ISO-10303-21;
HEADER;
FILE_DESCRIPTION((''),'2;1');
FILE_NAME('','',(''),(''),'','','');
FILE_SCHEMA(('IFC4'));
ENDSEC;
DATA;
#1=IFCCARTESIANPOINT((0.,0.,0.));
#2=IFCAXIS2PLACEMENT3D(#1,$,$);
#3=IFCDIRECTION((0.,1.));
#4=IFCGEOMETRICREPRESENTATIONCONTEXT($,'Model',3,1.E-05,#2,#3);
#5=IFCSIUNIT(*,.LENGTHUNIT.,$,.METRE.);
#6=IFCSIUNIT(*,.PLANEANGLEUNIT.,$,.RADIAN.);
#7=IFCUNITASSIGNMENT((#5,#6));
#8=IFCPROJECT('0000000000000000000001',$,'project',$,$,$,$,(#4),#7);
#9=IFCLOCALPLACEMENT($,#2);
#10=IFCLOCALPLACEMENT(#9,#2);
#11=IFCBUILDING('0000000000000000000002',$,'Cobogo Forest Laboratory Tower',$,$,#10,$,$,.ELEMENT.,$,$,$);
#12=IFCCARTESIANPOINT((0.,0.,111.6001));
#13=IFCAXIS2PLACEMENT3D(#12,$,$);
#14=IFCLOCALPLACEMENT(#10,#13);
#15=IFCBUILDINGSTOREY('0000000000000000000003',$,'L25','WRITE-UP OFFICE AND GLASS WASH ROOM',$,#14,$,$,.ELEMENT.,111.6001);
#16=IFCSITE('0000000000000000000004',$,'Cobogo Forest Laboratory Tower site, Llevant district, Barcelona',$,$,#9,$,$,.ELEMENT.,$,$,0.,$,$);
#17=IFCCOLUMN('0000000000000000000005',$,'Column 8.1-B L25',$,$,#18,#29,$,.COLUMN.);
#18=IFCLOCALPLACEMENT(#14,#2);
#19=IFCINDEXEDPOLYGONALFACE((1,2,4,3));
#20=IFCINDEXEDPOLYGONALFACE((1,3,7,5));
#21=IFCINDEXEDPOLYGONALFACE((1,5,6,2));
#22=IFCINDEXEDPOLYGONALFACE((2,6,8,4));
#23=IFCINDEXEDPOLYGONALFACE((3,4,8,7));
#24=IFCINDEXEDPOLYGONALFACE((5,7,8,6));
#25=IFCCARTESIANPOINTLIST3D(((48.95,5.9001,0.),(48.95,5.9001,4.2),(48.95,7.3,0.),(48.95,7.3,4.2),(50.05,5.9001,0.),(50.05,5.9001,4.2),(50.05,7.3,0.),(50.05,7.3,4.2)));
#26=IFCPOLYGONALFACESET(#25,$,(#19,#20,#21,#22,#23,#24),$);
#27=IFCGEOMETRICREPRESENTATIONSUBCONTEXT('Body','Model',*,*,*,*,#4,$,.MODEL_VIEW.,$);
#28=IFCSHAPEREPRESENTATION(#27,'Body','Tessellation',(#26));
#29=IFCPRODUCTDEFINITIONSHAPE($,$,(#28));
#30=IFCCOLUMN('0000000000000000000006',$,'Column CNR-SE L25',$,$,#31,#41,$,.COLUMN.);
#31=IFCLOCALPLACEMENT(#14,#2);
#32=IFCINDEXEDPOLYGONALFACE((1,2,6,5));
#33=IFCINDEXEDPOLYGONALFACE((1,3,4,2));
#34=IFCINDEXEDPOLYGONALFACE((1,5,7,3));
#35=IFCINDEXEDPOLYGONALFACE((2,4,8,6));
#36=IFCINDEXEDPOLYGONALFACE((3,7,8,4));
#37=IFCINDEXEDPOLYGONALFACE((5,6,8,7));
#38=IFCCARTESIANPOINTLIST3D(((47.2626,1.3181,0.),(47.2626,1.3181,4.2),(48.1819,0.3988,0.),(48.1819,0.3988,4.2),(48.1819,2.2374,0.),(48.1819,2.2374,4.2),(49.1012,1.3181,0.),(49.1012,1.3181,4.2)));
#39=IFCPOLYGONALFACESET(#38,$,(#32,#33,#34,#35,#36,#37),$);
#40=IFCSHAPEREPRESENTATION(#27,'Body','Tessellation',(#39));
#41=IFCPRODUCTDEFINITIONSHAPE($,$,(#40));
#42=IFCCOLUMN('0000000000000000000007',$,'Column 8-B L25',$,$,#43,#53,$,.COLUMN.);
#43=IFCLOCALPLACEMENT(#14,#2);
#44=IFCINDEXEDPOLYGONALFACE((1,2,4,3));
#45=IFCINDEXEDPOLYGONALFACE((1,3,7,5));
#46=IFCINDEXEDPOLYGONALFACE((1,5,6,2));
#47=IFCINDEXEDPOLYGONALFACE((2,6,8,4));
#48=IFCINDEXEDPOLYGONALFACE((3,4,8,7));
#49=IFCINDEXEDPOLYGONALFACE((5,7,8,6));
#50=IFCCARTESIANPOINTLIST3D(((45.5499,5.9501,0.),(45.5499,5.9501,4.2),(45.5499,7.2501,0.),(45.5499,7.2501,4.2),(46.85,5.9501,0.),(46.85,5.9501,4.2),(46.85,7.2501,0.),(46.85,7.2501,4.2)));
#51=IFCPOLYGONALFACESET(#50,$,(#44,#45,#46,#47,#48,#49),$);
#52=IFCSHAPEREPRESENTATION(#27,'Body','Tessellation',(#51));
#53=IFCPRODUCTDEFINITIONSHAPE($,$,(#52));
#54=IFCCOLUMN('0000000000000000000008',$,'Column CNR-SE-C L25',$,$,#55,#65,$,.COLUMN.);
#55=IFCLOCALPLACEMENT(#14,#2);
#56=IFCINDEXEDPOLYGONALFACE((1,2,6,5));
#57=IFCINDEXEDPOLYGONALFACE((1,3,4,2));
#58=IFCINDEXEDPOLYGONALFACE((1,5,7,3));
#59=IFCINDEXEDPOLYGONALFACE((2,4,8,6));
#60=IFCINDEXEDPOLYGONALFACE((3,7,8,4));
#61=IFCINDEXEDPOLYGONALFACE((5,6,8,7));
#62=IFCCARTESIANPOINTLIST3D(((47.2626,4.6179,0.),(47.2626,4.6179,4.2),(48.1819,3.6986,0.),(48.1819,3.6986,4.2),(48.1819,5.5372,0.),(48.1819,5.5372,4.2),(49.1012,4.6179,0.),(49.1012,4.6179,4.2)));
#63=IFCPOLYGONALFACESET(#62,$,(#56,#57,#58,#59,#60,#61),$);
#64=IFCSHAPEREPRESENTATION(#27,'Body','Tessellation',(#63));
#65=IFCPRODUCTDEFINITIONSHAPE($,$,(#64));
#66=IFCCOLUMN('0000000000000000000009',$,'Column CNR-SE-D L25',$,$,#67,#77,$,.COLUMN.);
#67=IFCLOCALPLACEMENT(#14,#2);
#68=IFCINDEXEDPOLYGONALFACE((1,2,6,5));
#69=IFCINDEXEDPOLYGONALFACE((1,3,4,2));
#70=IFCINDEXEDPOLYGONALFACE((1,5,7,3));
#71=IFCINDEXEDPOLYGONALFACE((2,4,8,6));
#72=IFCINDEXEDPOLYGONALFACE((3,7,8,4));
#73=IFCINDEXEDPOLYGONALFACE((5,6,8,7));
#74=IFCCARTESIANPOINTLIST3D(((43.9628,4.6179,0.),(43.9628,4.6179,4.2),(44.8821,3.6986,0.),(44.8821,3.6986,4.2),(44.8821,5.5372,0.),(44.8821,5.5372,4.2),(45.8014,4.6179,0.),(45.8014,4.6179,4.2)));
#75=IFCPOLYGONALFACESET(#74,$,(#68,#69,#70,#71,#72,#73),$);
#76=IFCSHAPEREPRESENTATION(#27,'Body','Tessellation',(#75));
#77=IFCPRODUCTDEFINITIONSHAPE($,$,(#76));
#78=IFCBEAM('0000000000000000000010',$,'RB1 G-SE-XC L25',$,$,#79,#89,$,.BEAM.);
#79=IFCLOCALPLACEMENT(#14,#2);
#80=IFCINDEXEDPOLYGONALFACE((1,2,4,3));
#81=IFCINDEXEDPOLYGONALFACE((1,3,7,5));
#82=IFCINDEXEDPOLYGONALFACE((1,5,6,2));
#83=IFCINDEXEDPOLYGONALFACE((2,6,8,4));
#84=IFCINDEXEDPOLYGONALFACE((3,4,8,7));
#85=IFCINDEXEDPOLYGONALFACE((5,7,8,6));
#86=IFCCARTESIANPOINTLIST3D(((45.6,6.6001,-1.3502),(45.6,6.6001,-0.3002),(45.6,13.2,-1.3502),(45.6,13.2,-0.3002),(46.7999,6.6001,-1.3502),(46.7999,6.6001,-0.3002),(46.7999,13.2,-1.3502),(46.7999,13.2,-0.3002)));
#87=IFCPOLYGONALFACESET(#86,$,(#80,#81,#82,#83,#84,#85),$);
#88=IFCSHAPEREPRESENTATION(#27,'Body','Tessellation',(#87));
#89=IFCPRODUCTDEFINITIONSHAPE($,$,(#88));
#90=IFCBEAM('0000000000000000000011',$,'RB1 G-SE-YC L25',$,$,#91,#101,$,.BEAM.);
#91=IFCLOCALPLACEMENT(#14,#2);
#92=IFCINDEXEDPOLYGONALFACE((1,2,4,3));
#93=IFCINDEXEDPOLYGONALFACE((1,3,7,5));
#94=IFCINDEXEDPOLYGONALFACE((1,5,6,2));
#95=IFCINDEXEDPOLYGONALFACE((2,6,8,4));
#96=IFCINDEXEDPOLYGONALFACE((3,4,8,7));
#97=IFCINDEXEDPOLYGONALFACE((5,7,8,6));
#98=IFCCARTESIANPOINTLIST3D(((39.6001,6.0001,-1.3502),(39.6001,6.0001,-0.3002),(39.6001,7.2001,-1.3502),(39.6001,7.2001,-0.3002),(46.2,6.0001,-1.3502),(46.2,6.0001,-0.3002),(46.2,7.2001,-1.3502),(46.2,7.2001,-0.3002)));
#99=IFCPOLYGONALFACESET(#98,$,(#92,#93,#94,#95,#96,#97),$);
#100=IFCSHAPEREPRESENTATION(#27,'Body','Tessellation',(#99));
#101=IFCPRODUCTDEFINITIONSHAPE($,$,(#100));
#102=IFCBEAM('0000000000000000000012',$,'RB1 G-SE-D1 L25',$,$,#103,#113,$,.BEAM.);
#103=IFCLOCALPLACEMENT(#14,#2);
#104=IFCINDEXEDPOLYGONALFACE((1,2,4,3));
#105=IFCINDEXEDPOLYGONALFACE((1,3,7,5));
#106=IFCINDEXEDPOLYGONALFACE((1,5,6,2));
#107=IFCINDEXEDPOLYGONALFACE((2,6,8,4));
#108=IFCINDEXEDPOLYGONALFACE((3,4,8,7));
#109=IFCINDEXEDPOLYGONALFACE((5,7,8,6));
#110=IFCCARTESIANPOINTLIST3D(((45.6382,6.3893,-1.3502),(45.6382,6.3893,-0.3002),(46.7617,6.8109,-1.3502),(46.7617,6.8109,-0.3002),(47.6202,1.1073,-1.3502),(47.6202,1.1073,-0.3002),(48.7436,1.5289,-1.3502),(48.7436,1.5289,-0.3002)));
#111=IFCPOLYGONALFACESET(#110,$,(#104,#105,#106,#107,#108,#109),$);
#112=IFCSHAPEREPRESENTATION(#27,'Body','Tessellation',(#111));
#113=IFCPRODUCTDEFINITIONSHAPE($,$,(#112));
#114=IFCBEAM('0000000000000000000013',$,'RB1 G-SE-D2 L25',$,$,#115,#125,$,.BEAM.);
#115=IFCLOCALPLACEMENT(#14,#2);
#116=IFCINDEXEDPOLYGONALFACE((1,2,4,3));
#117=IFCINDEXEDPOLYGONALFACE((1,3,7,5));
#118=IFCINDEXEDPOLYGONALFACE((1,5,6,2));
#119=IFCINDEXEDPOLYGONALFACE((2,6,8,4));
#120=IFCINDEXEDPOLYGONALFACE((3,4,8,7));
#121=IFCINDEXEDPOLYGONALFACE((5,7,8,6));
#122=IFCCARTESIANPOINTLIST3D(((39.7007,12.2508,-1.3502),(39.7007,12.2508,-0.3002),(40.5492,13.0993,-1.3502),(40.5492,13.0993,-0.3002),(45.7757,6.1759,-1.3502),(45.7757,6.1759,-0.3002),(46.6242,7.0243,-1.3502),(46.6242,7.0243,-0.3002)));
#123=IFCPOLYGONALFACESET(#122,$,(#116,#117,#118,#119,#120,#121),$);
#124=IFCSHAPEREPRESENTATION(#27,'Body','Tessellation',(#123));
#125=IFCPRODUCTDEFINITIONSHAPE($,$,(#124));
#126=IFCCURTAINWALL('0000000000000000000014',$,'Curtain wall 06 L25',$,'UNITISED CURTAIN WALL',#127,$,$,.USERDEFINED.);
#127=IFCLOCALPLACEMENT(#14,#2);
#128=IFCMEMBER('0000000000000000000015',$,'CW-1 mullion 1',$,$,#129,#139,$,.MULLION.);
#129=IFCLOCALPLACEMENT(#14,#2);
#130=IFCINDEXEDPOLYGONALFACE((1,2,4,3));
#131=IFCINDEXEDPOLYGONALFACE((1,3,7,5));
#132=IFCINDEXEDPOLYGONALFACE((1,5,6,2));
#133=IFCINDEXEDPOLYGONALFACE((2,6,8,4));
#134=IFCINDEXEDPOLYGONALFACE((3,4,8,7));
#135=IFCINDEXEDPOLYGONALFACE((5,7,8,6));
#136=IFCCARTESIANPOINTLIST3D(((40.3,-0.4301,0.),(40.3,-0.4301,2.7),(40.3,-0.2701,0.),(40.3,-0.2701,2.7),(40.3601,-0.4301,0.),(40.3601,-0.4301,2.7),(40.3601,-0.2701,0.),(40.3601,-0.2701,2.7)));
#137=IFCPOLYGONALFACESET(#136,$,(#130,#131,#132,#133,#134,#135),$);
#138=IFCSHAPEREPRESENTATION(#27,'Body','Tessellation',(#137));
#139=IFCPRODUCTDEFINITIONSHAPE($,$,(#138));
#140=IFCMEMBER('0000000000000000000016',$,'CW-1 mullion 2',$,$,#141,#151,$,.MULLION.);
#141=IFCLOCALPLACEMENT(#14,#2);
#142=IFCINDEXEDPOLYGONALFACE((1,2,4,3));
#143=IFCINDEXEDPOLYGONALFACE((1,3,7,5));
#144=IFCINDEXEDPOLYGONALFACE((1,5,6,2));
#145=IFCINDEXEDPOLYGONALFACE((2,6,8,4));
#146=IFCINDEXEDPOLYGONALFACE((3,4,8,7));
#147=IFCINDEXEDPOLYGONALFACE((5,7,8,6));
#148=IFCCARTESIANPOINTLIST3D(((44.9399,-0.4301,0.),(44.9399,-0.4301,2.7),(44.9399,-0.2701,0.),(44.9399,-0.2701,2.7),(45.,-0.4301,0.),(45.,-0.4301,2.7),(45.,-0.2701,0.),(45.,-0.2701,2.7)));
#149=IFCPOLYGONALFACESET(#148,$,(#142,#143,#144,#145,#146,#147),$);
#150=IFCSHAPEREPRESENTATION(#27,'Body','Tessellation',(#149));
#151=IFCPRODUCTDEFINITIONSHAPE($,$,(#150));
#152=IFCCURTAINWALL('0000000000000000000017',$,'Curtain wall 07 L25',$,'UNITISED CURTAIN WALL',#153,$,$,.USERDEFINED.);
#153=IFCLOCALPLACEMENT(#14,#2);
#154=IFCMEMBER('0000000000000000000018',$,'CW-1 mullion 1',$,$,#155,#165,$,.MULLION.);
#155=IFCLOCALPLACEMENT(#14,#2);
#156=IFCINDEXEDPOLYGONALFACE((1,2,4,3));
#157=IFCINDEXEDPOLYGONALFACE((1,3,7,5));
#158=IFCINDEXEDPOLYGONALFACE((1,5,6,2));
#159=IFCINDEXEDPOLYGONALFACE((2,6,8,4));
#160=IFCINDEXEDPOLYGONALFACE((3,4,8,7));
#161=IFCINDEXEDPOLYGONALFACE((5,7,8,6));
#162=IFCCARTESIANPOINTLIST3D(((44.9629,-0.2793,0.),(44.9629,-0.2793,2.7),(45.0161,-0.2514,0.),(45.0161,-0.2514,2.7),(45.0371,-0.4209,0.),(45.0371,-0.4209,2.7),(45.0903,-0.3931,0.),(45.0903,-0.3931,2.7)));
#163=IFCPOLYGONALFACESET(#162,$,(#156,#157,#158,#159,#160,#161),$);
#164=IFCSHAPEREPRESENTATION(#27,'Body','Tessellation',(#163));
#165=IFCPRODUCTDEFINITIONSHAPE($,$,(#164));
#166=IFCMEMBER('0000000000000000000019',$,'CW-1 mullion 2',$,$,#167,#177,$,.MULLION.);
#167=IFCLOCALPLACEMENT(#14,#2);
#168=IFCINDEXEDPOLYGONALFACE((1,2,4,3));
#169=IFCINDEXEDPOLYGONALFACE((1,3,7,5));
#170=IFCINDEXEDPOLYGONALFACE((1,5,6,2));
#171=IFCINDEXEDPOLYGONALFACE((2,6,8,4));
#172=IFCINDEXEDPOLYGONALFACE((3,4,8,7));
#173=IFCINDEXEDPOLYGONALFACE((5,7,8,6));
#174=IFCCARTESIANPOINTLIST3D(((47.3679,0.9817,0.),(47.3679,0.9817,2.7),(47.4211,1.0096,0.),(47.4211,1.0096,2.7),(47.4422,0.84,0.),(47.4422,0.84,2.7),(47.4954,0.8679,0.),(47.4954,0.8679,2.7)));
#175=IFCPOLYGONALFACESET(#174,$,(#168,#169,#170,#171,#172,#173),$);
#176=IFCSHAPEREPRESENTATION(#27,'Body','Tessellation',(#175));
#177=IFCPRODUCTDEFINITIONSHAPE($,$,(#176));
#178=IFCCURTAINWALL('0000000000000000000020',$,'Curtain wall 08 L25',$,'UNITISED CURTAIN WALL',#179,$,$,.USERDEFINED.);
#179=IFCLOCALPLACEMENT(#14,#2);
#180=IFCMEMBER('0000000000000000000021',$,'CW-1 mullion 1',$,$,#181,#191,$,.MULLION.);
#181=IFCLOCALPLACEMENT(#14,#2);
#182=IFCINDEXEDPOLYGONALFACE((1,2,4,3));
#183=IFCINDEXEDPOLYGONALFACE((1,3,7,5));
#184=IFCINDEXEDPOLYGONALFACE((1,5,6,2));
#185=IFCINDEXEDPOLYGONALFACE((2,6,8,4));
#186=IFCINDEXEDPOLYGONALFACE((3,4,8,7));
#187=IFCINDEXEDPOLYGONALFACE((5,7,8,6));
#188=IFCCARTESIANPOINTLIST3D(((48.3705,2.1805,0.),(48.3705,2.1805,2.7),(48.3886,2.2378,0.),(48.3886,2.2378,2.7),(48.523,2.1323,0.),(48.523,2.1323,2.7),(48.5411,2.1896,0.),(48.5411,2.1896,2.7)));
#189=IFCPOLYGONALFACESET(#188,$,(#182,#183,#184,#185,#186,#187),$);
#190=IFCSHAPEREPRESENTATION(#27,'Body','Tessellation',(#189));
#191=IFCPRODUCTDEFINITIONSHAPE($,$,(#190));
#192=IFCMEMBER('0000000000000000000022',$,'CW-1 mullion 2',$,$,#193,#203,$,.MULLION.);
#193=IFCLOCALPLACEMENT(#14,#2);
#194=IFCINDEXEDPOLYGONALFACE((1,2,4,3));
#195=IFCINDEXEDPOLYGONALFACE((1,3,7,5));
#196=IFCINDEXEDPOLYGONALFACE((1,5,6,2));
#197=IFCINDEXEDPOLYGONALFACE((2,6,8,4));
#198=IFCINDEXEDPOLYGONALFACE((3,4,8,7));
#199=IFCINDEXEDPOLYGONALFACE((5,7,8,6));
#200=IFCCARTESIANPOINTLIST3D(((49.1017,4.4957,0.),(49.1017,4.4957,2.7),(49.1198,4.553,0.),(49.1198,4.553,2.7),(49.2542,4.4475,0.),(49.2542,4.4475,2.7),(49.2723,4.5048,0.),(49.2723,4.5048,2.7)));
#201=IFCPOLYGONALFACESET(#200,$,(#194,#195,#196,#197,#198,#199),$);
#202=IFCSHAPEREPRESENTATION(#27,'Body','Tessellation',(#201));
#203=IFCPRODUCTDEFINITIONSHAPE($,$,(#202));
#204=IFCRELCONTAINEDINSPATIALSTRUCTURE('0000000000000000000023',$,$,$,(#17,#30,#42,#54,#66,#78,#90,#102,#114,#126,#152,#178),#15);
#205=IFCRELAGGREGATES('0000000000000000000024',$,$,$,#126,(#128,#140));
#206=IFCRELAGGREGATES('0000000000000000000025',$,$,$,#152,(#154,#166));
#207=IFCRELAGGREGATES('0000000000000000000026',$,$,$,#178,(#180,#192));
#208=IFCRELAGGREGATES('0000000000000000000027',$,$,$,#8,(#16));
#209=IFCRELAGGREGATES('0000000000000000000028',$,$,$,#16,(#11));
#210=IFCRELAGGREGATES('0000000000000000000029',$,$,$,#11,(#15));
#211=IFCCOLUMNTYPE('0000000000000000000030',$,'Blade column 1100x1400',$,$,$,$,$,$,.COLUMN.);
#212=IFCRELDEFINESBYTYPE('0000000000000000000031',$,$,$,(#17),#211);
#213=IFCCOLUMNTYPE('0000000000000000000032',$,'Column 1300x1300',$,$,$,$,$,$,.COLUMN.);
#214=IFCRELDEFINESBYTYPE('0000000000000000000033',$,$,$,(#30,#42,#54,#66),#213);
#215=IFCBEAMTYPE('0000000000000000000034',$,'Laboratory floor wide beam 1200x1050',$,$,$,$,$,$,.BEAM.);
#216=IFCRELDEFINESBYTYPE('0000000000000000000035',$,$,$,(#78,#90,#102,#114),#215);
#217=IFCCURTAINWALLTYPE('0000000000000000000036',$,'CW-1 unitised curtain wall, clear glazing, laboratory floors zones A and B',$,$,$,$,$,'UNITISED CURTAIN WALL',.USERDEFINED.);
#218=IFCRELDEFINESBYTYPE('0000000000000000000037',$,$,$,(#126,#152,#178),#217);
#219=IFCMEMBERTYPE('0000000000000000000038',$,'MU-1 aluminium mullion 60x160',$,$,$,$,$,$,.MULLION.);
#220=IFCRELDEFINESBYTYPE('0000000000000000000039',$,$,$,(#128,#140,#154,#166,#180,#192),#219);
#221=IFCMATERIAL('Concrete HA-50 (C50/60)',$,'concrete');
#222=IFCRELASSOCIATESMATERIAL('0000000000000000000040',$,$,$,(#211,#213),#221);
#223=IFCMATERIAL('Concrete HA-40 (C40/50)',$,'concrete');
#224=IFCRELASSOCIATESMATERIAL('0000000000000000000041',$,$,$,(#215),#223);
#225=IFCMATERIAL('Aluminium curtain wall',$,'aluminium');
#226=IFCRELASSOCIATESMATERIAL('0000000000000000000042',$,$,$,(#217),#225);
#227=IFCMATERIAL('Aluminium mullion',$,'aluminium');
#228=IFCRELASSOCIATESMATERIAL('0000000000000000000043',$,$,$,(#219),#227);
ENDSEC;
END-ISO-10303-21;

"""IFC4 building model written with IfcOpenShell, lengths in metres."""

from ifc_helpers import new_model, si_unit, direction, frame, origin, origin_2d, place, context, subcontext, project, spatial, rectangle, extrude, material, material_profile, profile_set, type_object, element, aggregate, save


model = new_model("IFC4")

# Units and contexts
model_context = context("Model", 3, precision=1e-05, world=origin(), true_north=direction((0.0, 1.0)))
body_context = subcontext(model_context, "Body", "Model", "MODEL_VIEW")
ifc_project = project(units=[si_unit("LENGTHUNIT", "METRE"), si_unit("PLANEANGLEUNIT", "RADIAN")], contexts=[model_context])

# Site, building, storey
site_placement = place(None, origin())
site = spatial("IfcSite", under=ifc_project, at=site_placement, Name="Cobogo Forest Laboratory Tower site, Llevant district, Barcelona", CompositionType="ELEMENT", RefElevation=0.0)
building_placement = place(site_placement, origin())
building = spatial("IfcBuilding", under=site, at=building_placement, Name="Cobogo Forest Laboratory Tower", CompositionType="ELEMENT")
storey_placement = place(building_placement, frame((0.0, 0.0, 111.6001)))
storey = spatial("IfcBuildingStorey", under=building, at=storey_placement, Name="L25", Description="WRITE-UP OFFICE AND GLASS WASH ROOM", CompositionType="ELEMENT", Elevation=111.6001)

# Columns
ifc_material_1 = material(Name="Concrete HA-50 (C50/60)", Category="concrete")
ifc_material_profile_1 = material_profile(ifc_material_1, rectangle(XDim=1.3999, YDim=1.1001, at=origin_2d()), Name="RC 1100x1400")
ifc_profile_set_1 = profile_set([ifc_material_profile_1], Name="Concrete HA-50 (C50/60)")
column_type_1 = type_object("IfcColumnType", Name="Blade column 1100x1400", PredefinedType="COLUMN", material=ifc_profile_set_1)
column_placement = place(storey_placement, frame((49.5, 6.6001, 0.0), z_axis=(0.0, 0.0, 1.0), x_axis=(0.0, 1.0, 0.0)))
element("IfcColumn", 1, at=column_placement, inside=storey, type_object=column_type_1, Name="Column 8.1-B L25", PredefinedType="COLUMN", context=body_context, shape_type="SweptSolid", body=[
    extrude(rectangle(XDim=1.3999, YDim=1.1001, at=origin_2d()), origin(), (0.0, 0.0, 1.0), 4.2),
])
ifc_material_profile_2 = material_profile(ifc_material_1, rectangle(XDim=1.3, YDim=1.3, at=origin_2d()), Name="RC 1300x1300")
ifc_profile_set_2 = profile_set([ifc_material_profile_2], Name="Concrete HA-50 (C50/60)")
column_type_2 = type_object("IfcColumnType", Name="Column 1300x1300", PredefinedType="COLUMN", material=ifc_profile_set_2)
for number, where, z_axis, x_axis, name in (
    (2, (48.1819, 1.3181, 0.0), (0.0, 0.0, 1.0), (0.707107, 0.707107, 0.0), "Column CNR-SE L25"),
    (3, (46.2, 6.6001, 0.0), (0.0, 0.0, 1.0), (1.0, 0.0, 0.0), "Column 8-B L25"),
    (4, (48.1819, 4.6179, 0.0), (0.0, 0.0, 1.0), (0.707107, 0.707107, 0.0), "Column CNR-SE-C L25"),
    (5, (44.8821, 4.6179, 0.0), (0.0, 0.0, 1.0), (0.707107, 0.707107, 0.0), "Column CNR-SE-D L25"),
):
    element("IfcColumn", number, at=place(storey_placement, frame(where, z_axis=z_axis, x_axis=x_axis)), inside=storey, type_object=column_type_2, Name=name, PredefinedType="COLUMN", context=body_context, shape_type="SweptSolid", body=[
        extrude(rectangle(XDim=1.3, YDim=1.3, at=origin_2d()), origin(), (0.0, 0.0, 1.0), 4.2),
    ])

# Beams
ifc_material_2 = material(Name="Concrete HA-40 (C40/50)", Category="concrete")
ifc_material_profile_3 = material_profile(ifc_material_2, rectangle(XDim=1.2, YDim=1.05, at=origin_2d()), Name="RC 1200x1050")
ifc_profile_set_3 = profile_set([ifc_material_profile_3], Name="Concrete HA-40 (C40/50)")
beam_type_1 = type_object("IfcBeamType", Name="Laboratory floor wide beam 1200x1050", PredefinedType="BEAM", material=ifc_profile_set_3)
for number, where, z_axis, x_axis, name in (
    (6, (46.2, 6.6001, -0.8252), (0.0, 1.0, 0.0), (-1.0, 0.0, 0.0), "RB1 G-SE-XC L25"),
    (7, (46.2, 6.6001, -0.8252), (-1.0, 0.0, 0.0), (0.0, -1.0, 0.0), "RB1 G-SE-YC L25"),
):
    element("IfcBeam", number, at=place(storey_placement, frame(where, z_axis=z_axis, x_axis=x_axis)), inside=storey, type_object=beam_type_1, Name=name, PredefinedType="BEAM", context=body_context, shape_type="SweptSolid", body=[
        extrude(rectangle(XDim=1.2, YDim=1.05, at=origin_2d()), origin(), (0.0, 0.0, 1.0), 6.5999),
    ])
beam_1_placement = place(storey_placement, frame((48.1819, 1.3181, -0.8252), z_axis=(-0.351308, 0.93626, 0.0), x_axis=(-0.93626, -0.351308, 0.0)))
element("IfcBeam", 8, at=beam_1_placement, inside=storey, type_object=beam_type_1, Name="RB1 G-SE-D1 L25", PredefinedType="BEAM", context=body_context, shape_type="SweptSolid", body=[
    extrude(rectangle(XDim=1.2, YDim=1.05, at=origin_2d()), origin(), (0.0, 0.0, 1.0), 5.6416),
])
beam_2_placement = place(storey_placement, frame((46.2, 6.6001, -0.8252), z_axis=(-0.707107, 0.707107, 0.0), x_axis=(-0.707107, -0.707107, 0.0)))
element("IfcBeam", 9, at=beam_2_placement, inside=storey, type_object=beam_type_1, Name="RB1 G-SE-D2 L25", PredefinedType="BEAM", context=body_context, shape_type="SweptSolid", body=[
    extrude(rectangle(XDim=1.2, YDim=1.05, at=origin_2d()), origin(), (0.0, 0.0, 1.0), 8.5913),
])

# Curtain walls, members
ifc_material_3 = material(Name="Aluminium curtain wall", Category="aluminium")
curtain_wall_type = type_object("IfcCurtainWallType", Name="CW-1 unitised curtain wall, clear glazing, laboratory floors zones A and B", ElementType="UNITISED CURTAIN WALL", PredefinedType="USERDEFINED", material=ifc_material_3)
curtain_wall_1_placement = place(storey_placement, origin())
curtain_wall_1 = element("IfcCurtainWall", 10, at=curtain_wall_1_placement, inside=storey, type_object=curtain_wall_type, Name="Curtain wall 06 L25", ObjectType="UNITISED CURTAIN WALL", PredefinedType="USERDEFINED")
ifc_material_4 = material(Name="Aluminium mullion", Category="aluminium")
ifc_material_profile_4 = material_profile(ifc_material_4, rectangle(XDim=0.0601, YDim=0.1599, at=origin_2d()), Name="AL 60x160")
ifc_profile_set_4 = profile_set([ifc_material_profile_4], Name="Aluminium mullion")
member_type_1 = type_object("IfcMemberType", Name="MU-1 aluminium mullion 60x160", PredefinedType="MULLION", material=ifc_profile_set_4)
member_1_placement = place(storey_placement, frame((40.3301, -0.3501, 0.0), z_axis=(0.0, 0.0, 1.0), x_axis=(1.0, 0.0, 0.0)))
member_1 = element("IfcMember", 11, at=member_1_placement, type_object=member_type_1, Name="CW-1 mullion 1", PredefinedType="MULLION", context=body_context, shape_type="SweptSolid", body=[
    extrude(rectangle(XDim=0.0601, YDim=0.1599, at=origin_2d()), origin(), (0.0, 0.0, 1.0), 2.7),
])
member_2_placement = place(storey_placement, frame((44.97, -0.3501, 0.0), z_axis=(0.0, 0.0, 1.0), x_axis=(1.0, 0.0, 0.0)))
member_2 = element("IfcMember", 12, at=member_2_placement, type_object=member_type_1, Name="CW-1 mullion 2", PredefinedType="MULLION", context=body_context, shape_type="SweptSolid", body=[
    extrude(rectangle(XDim=0.0601, YDim=0.1599, at=origin_2d()), origin(), (0.0, 0.0, 1.0), 2.7),
])
curtain_wall_2_placement = place(storey_placement, origin())
curtain_wall_2 = element("IfcCurtainWall", 13, at=curtain_wall_2_placement, inside=storey, type_object=curtain_wall_type, Name="Curtain wall 07 L25", ObjectType="UNITISED CURTAIN WALL", PredefinedType="USERDEFINED")
member_3_placement = place(storey_placement, frame((45.0266, -0.3362, 0.0), z_axis=(0.0, 0.0, 1.0), x_axis=(0.885687, 0.464284, 0.0)))
member_3 = element("IfcMember", 14, at=member_3_placement, type_object=member_type_1, Name="CW-1 mullion 1", PredefinedType="MULLION", context=body_context, shape_type="SweptSolid", body=[
    extrude(rectangle(XDim=0.0601, YDim=0.1599, at=origin_2d()), origin(), (0.0, 0.0, 1.0), 2.7),
])
member_4_placement = place(storey_placement, frame((47.4316, 0.9248, 0.0), z_axis=(0.0, 0.0, 1.0), x_axis=(0.885687, 0.464284, 0.0)))
member_4 = element("IfcMember", 15, at=member_4_placement, type_object=member_type_1, Name="CW-1 mullion 2", PredefinedType="MULLION", context=body_context, shape_type="SweptSolid", body=[
    extrude(rectangle(XDim=0.0601, YDim=0.1599, at=origin_2d()), origin(), (0.0, 0.0, 1.0), 2.7),
])
curtain_wall_3_placement = place(storey_placement, origin())
curtain_wall_3 = element("IfcCurtainWall", 16, at=curtain_wall_3_placement, inside=storey, type_object=curtain_wall_type, Name="Curtain wall 08 L25", ObjectType="UNITISED CURTAIN WALL", PredefinedType="USERDEFINED")
member_5_placement = place(storey_placement, frame((48.4558, 2.1851, 0.0), z_axis=(0.0, 0.0, 1.0), x_axis=(0.301135, 0.953581, 0.0)))
member_5 = element("IfcMember", 17, at=member_5_placement, type_object=member_type_1, Name="CW-1 mullion 1", PredefinedType="MULLION", context=body_context, shape_type="SweptSolid", body=[
    extrude(rectangle(XDim=0.0601, YDim=0.1599, at=origin_2d()), origin(), (0.0, 0.0, 1.0), 2.7),
])
member_6_placement = place(storey_placement, frame((49.187, 4.5002, 0.0), z_axis=(0.0, 0.0, 1.0), x_axis=(0.301135, 0.953581, 0.0)))
member_6 = element("IfcMember", 18, at=member_6_placement, type_object=member_type_1, Name="CW-1 mullion 2", PredefinedType="MULLION", context=body_context, shape_type="SweptSolid", body=[
    extrude(rectangle(XDim=0.0601, YDim=0.1599, at=origin_2d()), origin(), (0.0, 0.0, 1.0), 2.7),
])

aggregate(curtain_wall_1, [member_1, member_2])
aggregate(curtain_wall_2, [member_3, member_4])
aggregate(curtain_wall_3, [member_5, member_6])

save(model, "model.ifc")
